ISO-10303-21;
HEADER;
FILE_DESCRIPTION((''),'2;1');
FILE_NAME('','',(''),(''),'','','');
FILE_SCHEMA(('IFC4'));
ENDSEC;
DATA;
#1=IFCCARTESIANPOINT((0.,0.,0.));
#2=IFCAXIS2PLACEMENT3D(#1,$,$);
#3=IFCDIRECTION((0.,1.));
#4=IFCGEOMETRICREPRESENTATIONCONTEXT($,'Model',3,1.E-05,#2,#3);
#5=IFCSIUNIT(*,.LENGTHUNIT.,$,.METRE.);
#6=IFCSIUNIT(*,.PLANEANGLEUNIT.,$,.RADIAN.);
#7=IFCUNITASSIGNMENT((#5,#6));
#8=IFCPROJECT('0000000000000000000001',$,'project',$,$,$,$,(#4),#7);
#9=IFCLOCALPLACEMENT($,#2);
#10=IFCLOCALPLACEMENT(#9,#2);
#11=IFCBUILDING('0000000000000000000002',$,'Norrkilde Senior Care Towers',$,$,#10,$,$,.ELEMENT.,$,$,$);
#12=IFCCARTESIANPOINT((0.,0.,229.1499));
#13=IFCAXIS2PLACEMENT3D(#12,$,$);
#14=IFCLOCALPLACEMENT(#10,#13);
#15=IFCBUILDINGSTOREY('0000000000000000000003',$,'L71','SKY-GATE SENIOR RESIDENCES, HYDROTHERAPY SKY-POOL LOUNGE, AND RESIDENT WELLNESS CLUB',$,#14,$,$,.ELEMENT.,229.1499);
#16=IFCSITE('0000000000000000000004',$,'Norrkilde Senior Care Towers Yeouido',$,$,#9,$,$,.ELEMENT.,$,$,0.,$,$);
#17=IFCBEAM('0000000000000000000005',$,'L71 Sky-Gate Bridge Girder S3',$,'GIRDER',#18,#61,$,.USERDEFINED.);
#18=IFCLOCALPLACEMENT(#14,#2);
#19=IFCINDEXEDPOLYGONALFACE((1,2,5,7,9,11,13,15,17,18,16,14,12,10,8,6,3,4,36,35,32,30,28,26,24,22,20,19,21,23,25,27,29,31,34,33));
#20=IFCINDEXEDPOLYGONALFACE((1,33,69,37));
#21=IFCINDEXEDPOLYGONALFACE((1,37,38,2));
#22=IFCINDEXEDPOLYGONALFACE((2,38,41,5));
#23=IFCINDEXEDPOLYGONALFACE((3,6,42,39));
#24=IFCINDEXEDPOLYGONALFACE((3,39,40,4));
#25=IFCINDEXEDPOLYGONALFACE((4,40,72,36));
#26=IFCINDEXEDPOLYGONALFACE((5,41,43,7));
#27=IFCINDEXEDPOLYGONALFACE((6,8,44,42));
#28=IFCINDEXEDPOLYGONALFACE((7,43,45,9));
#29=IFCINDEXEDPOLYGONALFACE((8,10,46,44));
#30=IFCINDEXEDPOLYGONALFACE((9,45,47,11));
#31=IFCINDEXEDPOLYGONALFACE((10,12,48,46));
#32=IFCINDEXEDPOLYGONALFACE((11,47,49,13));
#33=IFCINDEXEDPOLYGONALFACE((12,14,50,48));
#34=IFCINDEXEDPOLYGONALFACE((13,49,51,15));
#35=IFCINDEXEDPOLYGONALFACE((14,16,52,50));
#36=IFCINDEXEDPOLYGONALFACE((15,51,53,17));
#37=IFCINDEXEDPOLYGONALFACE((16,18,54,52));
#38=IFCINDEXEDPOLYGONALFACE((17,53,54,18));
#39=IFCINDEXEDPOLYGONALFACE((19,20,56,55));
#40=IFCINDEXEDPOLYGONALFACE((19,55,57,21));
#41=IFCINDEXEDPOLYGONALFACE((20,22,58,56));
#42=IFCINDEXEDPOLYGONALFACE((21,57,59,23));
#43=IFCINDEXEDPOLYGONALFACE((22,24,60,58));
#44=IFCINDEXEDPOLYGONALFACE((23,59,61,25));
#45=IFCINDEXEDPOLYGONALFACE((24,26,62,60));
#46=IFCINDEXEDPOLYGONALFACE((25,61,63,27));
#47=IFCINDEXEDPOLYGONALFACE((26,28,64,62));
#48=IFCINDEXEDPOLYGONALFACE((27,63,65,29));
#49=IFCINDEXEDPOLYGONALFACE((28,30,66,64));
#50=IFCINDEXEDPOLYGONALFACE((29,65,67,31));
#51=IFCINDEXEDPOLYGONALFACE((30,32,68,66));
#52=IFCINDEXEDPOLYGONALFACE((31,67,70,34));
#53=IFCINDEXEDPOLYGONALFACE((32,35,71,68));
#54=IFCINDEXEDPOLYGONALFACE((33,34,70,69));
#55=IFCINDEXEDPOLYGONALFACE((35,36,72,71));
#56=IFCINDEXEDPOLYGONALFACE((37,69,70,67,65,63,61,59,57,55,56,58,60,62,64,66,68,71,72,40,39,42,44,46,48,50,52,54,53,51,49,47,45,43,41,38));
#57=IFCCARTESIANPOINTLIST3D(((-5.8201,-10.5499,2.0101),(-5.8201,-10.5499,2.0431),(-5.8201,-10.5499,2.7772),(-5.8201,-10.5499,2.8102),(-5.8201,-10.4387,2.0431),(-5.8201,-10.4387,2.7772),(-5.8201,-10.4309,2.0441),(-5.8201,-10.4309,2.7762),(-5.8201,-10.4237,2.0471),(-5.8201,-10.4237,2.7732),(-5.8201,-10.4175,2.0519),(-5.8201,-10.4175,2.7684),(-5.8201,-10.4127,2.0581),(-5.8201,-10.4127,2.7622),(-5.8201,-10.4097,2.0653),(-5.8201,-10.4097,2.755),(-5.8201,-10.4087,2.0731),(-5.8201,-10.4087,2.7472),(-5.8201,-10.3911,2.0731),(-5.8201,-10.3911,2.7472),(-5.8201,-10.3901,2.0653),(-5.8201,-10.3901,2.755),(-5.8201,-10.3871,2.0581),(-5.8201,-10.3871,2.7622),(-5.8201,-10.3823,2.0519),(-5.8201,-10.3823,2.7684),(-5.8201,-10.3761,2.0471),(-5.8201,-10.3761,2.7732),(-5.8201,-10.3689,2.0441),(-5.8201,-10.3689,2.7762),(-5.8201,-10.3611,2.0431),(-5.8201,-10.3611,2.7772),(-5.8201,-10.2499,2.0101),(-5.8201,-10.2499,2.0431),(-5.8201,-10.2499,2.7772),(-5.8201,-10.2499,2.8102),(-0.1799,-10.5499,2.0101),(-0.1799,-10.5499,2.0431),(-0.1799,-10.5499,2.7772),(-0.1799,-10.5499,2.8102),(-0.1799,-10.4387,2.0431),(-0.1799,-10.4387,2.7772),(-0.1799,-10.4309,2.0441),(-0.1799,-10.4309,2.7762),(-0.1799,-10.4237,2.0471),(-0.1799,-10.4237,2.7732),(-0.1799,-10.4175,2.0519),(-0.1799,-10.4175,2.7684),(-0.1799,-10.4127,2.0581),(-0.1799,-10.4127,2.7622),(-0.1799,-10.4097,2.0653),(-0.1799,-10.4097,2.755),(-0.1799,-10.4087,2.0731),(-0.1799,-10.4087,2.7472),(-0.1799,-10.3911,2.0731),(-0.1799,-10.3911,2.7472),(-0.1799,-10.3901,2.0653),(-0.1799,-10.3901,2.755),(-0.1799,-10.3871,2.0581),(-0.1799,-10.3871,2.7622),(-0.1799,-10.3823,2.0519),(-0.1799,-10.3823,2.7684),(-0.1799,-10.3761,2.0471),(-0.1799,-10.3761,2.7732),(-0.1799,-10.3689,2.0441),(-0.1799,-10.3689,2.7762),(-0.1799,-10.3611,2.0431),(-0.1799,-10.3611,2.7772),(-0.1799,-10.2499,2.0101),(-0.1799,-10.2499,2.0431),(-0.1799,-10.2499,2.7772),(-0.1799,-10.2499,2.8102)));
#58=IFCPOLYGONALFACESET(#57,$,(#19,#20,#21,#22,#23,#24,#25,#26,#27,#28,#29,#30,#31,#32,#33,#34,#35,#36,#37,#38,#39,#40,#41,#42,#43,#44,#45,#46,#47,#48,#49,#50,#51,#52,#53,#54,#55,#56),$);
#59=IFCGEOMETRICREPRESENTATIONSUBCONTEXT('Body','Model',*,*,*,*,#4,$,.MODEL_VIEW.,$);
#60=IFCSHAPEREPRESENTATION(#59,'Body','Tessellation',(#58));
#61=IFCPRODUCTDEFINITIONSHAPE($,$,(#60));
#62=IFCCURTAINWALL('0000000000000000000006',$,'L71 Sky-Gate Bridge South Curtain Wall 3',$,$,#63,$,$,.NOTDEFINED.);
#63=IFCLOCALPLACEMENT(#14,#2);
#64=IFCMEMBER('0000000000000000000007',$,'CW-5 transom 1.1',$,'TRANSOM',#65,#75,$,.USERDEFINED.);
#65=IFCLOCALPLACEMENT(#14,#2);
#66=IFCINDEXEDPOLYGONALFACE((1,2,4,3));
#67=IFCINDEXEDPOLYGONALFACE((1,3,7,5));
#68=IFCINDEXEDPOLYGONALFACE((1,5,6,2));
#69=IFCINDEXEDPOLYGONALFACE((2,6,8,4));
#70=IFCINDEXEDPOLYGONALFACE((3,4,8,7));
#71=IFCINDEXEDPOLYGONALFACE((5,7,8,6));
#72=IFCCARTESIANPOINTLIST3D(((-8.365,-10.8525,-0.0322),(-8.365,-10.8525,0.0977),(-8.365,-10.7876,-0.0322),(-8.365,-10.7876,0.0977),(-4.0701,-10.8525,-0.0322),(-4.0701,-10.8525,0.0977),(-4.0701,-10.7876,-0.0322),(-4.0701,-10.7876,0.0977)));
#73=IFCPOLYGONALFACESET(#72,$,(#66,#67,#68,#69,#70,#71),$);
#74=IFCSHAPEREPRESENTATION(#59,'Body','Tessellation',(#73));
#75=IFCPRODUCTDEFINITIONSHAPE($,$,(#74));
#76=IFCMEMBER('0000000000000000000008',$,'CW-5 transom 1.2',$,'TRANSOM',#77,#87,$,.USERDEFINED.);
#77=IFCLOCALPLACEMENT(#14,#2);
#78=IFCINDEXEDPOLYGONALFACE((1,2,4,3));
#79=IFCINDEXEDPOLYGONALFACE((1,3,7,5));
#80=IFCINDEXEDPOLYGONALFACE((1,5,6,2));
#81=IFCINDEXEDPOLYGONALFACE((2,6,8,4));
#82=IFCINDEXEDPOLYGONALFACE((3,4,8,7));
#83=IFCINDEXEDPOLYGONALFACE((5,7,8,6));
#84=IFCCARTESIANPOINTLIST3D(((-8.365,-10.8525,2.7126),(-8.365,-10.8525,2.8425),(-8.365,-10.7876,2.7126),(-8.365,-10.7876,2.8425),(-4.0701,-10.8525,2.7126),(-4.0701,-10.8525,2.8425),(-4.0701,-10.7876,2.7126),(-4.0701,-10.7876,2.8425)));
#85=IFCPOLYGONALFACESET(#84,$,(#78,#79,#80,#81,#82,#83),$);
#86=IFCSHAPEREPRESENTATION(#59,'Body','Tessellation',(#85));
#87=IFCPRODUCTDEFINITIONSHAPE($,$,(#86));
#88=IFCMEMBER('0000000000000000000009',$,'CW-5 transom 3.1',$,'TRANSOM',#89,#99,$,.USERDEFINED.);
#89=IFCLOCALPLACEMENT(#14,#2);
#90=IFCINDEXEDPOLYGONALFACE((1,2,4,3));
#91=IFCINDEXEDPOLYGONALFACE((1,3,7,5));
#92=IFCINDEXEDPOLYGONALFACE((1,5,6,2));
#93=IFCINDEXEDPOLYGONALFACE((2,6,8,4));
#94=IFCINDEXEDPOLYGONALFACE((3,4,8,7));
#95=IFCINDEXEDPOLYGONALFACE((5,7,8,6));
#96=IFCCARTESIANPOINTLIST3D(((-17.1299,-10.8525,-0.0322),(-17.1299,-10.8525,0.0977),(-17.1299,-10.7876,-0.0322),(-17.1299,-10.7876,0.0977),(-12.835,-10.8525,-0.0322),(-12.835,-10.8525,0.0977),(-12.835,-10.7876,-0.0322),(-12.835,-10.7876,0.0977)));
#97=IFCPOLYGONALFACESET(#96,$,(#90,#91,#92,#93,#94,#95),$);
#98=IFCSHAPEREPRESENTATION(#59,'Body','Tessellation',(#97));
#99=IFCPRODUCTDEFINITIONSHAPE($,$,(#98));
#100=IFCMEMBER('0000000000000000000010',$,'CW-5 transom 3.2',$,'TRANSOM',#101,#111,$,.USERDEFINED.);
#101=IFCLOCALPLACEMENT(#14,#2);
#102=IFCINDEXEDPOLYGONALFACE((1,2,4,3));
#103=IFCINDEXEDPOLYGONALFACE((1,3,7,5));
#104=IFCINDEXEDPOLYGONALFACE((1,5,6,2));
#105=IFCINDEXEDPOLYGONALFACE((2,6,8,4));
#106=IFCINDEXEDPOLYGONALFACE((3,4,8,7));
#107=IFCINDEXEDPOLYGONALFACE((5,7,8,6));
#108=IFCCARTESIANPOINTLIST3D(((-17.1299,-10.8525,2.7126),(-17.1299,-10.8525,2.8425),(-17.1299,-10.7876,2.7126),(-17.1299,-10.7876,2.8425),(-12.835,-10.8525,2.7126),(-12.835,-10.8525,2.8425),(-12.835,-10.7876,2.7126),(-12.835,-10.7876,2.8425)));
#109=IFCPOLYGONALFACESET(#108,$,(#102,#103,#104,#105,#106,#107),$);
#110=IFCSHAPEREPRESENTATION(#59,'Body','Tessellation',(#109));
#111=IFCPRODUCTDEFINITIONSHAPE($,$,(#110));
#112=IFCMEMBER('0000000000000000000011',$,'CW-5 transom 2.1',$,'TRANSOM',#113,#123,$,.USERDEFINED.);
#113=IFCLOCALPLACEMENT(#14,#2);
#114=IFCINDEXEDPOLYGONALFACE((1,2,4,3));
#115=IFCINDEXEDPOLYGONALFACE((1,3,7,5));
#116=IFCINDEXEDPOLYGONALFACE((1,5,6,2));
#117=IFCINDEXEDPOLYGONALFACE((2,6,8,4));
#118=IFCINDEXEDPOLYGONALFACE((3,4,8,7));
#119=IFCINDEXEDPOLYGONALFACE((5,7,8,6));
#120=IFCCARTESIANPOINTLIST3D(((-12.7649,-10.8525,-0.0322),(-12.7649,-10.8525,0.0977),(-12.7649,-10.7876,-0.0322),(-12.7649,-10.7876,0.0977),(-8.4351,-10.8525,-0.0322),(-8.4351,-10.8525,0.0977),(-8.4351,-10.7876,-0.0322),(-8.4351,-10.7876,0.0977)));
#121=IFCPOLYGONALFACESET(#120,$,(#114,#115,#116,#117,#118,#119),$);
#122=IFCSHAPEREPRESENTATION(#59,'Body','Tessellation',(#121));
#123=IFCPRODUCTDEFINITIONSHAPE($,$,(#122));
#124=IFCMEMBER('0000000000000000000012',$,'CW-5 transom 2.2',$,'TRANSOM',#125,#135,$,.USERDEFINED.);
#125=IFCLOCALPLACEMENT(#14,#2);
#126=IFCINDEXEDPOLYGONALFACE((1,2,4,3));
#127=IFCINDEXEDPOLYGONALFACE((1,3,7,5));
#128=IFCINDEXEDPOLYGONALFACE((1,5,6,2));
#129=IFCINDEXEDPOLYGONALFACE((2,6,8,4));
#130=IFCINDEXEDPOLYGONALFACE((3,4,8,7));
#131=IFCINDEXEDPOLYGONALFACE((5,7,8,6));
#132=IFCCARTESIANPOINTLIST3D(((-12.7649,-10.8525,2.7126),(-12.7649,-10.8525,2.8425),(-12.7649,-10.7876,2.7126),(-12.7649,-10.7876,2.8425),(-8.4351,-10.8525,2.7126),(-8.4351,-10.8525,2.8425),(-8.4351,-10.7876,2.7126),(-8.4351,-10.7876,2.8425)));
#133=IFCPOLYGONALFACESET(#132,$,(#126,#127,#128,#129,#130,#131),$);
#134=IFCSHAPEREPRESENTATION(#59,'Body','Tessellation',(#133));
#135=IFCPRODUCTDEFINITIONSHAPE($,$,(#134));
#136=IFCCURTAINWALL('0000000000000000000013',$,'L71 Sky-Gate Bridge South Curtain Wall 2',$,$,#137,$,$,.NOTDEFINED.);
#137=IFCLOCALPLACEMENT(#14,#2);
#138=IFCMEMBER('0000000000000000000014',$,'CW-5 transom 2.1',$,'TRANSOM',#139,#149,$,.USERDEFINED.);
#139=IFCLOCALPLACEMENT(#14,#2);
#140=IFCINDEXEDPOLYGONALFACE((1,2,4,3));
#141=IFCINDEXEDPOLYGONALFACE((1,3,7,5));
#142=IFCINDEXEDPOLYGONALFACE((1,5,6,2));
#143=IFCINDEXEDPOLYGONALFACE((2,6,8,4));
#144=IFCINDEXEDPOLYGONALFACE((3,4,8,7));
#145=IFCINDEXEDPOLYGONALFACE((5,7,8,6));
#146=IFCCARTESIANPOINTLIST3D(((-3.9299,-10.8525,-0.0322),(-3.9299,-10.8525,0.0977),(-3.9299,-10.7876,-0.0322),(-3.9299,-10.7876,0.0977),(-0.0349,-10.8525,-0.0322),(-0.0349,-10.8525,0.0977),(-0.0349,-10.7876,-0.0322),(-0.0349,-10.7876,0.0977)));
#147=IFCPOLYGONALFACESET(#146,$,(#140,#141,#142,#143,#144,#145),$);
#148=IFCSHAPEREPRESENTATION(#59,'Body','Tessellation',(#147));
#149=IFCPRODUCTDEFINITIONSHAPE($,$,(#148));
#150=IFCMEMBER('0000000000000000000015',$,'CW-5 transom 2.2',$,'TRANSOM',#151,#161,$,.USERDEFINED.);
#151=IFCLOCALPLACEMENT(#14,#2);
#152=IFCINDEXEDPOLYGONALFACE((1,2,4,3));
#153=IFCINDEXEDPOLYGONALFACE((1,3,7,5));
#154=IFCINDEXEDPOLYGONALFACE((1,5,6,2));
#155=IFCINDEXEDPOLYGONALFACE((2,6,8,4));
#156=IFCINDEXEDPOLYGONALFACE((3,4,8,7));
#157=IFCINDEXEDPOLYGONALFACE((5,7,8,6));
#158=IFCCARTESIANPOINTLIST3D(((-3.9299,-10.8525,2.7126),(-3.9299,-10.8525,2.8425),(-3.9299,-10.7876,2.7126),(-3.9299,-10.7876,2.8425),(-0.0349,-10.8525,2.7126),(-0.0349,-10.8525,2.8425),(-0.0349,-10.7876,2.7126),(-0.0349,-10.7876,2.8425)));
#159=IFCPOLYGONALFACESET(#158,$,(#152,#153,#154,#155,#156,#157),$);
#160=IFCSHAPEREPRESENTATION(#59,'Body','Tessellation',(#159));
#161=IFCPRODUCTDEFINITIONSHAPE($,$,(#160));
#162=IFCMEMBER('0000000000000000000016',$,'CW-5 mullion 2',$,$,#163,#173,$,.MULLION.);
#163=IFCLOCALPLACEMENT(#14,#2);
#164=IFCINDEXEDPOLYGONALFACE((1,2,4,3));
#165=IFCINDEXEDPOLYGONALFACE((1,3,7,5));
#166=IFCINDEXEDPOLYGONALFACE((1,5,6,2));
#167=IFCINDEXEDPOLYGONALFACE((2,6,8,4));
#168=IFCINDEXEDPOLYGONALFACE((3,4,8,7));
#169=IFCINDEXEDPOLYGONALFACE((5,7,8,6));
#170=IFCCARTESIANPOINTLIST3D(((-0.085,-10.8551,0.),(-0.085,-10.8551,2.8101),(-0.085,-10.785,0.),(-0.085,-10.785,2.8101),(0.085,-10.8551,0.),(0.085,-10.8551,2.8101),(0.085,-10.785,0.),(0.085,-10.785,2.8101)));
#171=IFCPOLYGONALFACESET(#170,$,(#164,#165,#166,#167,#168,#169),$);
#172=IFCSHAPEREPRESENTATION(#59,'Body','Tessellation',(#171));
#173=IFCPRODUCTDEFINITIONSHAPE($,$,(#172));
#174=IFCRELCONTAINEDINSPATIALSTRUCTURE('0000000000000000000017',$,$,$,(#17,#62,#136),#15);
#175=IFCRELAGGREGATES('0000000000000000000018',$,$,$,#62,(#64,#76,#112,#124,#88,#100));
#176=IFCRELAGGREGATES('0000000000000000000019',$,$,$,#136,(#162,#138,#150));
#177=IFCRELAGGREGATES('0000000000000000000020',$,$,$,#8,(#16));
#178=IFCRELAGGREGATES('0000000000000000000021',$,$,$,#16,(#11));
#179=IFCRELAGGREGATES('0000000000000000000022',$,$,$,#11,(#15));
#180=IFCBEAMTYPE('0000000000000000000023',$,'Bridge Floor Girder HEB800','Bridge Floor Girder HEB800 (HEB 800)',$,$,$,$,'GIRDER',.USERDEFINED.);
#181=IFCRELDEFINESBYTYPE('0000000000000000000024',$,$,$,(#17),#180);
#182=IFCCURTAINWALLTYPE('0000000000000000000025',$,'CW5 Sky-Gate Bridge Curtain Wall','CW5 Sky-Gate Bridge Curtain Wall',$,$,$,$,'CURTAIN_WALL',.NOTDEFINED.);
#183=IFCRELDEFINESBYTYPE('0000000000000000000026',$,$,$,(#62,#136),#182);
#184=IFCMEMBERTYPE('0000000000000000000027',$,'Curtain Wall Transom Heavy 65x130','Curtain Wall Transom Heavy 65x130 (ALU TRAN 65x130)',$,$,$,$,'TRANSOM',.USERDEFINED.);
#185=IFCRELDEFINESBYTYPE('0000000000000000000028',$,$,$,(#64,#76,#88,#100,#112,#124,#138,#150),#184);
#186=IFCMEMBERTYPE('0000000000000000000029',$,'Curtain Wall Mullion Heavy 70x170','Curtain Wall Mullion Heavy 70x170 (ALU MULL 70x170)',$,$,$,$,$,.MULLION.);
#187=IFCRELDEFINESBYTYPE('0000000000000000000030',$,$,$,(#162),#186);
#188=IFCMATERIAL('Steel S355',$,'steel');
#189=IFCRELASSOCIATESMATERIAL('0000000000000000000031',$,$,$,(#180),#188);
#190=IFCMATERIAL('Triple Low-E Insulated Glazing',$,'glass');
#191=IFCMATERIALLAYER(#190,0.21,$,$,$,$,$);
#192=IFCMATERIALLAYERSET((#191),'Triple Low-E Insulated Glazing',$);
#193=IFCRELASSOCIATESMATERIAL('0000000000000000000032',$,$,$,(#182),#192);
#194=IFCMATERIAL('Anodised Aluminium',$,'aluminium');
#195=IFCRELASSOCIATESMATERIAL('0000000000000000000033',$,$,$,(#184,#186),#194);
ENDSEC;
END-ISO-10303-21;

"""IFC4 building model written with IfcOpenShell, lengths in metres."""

from ifc_helpers import new_model, si_unit, direction, frame, origin, origin_2d, place, context, subcontext, project, spatial, rectangle, i_section, extrude, source, transform, mapped, material, layer, layer_set, material_profile, profile_set, type_object, type_shapes, element, aggregate, save


model = new_model("IFC4")

# Units and contexts
model_context = context("Model", 3, precision=1e-05, world=origin(), true_north=direction((0.0, 1.0)))
body_context = subcontext(model_context, "Body", "Model", "MODEL_VIEW")
ifc_project = project(units=[si_unit("LENGTHUNIT", "METRE"), si_unit("PLANEANGLEUNIT", "RADIAN")], contexts=[model_context])

# Site, building, storey
site_placement = place(None, origin())
site = spatial("IfcSite", under=ifc_project, at=site_placement, Name="Norrkilde Senior Care Towers Yeouido", CompositionType="ELEMENT", RefElevation=0.0)
building_placement = place(site_placement, origin())
building = spatial("IfcBuilding", under=site, at=building_placement, Name="Norrkilde Senior Care Towers", CompositionType="ELEMENT")
storey_placement = place(building_placement, frame((0.0, 0.0, 229.1499)))
storey = spatial("IfcBuildingStorey", under=building, at=storey_placement, Name="L71", Description="SKY-GATE SENIOR RESIDENCES, HYDROTHERAPY SKY-POOL LOUNGE, AND RESIDENT WELLNESS CLUB", CompositionType="ELEMENT", Elevation=229.1499)

# Shared definitions
ifc_material_1 = material(Name="Steel S355", Category="steel")

# Beam
ifc_material_profile_1 = material_profile(ifc_material_1, i_section(OverallWidth=0.3, OverallDepth=0.8, WebThickness=0.0176, FlangeThickness=0.033, FilletRadius=0.03, at=origin_2d()), Name="HEB 800")
ifc_profile_set_1 = profile_set([ifc_material_profile_1], Name="Steel S355")
beam_type_1 = type_object("IfcBeamType", Name="Bridge Floor Girder HEB800", Description="Bridge Floor Girder HEB800 (HEB 800)", ElementType="GIRDER", PredefinedType="USERDEFINED", material=ifc_profile_set_1)
shared_shape_1 = source(origin(), body_context, "Body", "SweptSolid", [
    extrude(i_section(OverallWidth=0.3, OverallDepth=0.8, WebThickness=0.0176, FlangeThickness=0.033, FilletRadius=0.03, at=origin_2d()), origin(), (0.0, 0.0, 1.0), 5.6401),
])
type_shapes(beam_type_1, [shared_shape_1])
for number, where, z_axis, x_axis, name in (
    (1, (-5.8201, -10.3999, 2.4102), (1.0, 0.0, 0.0), (0.0, 1.0, 0.0), "L71 Sky-Gate Bridge Girder S3"),
):
    element("IfcBeam", number, at=place(storey_placement, frame(where, z_axis=z_axis, x_axis=x_axis)), inside=storey, type_object=beam_type_1, Name=name, ObjectType="GIRDER", PredefinedType="USERDEFINED", context=body_context, shape_type="MappedRepresentation", body=[
        mapped(shared_shape_1, transform((0.0, 0.0, 0.0), x_axis=(1.0, 0.0, 0.0), y_axis=(0.0, 1.0, 0.0), z_axis=(0.0, 0.0, 1.0), scale=1.0)),
    ])

# Curtain walls, members
ifc_material_2 = material(Name="Triple Low-E Insulated Glazing", Category="glass")
ifc_layer_1 = layer(ifc_material_2, 0.21)
ifc_layer_set_1 = layer_set([ifc_layer_1], Name="Triple Low-E Insulated Glazing")
curtain_wall_type = type_object("IfcCurtainWallType", Name="CW5 Sky-Gate Bridge Curtain Wall", Description="CW5 Sky-Gate Bridge Curtain Wall", ElementType="CURTAIN_WALL", PredefinedType="NOTDEFINED", material=ifc_layer_set_1)
curtain_wall_1_placement = place(storey_placement, origin())
curtain_wall_1 = element("IfcCurtainWall", 2, at=curtain_wall_1_placement, inside=storey, type_object=curtain_wall_type, Name="L71 Sky-Gate Bridge South Curtain Wall 3", PredefinedType="NOTDEFINED")
ifc_material_3 = material(Name="Anodised Aluminium", Category="aluminium")
ifc_material_profile_2 = material_profile(ifc_material_3, rectangle(XDim=0.0649, YDim=0.1299, at=origin_2d()), Name="ALU TRAN 65x130")
ifc_profile_set_2 = profile_set([ifc_material_profile_2], Name="Anodised Aluminium")
member_type_1 = type_object("IfcMemberType", Name="Curtain Wall Transom Heavy 65x130", Description="Curtain Wall Transom Heavy 65x130 (ALU TRAN 65x130)", ElementType="TRANSOM", PredefinedType="USERDEFINED", material=ifc_profile_set_2)
shared_shape_2 = source(origin(), body_context, "Body", "SweptSolid", [
    extrude(rectangle(XDim=0.0649, YDim=0.1299, at=origin_2d()), origin(), (0.0, 0.0, 1.0), 4.2949),
])
member_1_placement = place(storey_placement, frame((-4.0701, -10.8201, 0.0327), z_axis=(-1.0, 0.0, 0.0), x_axis=(0.0, -1.0, 0.0)))
member_1 = element("IfcMember", 3, at=member_1_placement, type_object=member_type_1, Name="CW-5 transom 1.1", ObjectType="TRANSOM", PredefinedType="USERDEFINED", context=body_context, shape_type="MappedRepresentation", body=[
    mapped(shared_shape_2, transform((0.0, 0.0, 0.0), x_axis=(1.0, 0.0, 0.0), y_axis=(0.0, 1.0, 0.0), z_axis=(0.0, 0.0, 1.0), scale=1.0)),
])
member_2_placement = place(storey_placement, frame((-4.0701, -10.8201, 2.7776), z_axis=(-1.0, 0.0, 0.0), x_axis=(0.0, -1.0, 0.0)))
member_2 = element("IfcMember", 4, at=member_2_placement, type_object=member_type_1, Name="CW-5 transom 1.2", ObjectType="TRANSOM", PredefinedType="USERDEFINED", context=body_context, shape_type="MappedRepresentation", body=[
    mapped(shared_shape_2, transform((0.0, 0.0, 0.0), x_axis=(1.0, 0.0, 0.0), y_axis=(0.0, 1.0, 0.0), z_axis=(0.0, 0.0, 1.0), scale=1.0)),
])
member_3_placement = place(storey_placement, frame((-12.835, -10.8201, 0.0327), z_axis=(-1.0, 0.0, 0.0), x_axis=(0.0, -1.0, 0.0)))
member_3 = element("IfcMember", 5, at=member_3_placement, type_object=member_type_1, Name="CW-5 transom 3.1", ObjectType="TRANSOM", PredefinedType="USERDEFINED", context=body_context, shape_type="MappedRepresentation", body=[
    mapped(shared_shape_2, transform((0.0, 0.0, 0.0), x_axis=(1.0, 0.0, 0.0), y_axis=(0.0, 1.0, 0.0), z_axis=(0.0, 0.0, 1.0), scale=1.0)),
])
member_4_placement = place(storey_placement, frame((-12.835, -10.8201, 2.7776), z_axis=(-1.0, 0.0, 0.0), x_axis=(0.0, -1.0, 0.0)))
member_4 = element("IfcMember", 6, at=member_4_placement, type_object=member_type_1, Name="CW-5 transom 3.2", ObjectType="TRANSOM", PredefinedType="USERDEFINED", context=body_context, shape_type="MappedRepresentation", body=[
    mapped(shared_shape_2, transform((0.0, 0.0, 0.0), x_axis=(1.0, 0.0, 0.0), y_axis=(0.0, 1.0, 0.0), z_axis=(0.0, 0.0, 1.0), scale=1.0)),
])
shared_shape_3 = source(origin(), body_context, "Body", "SweptSolid", [
    extrude(rectangle(XDim=0.0649, YDim=0.1299, at=origin_2d()), origin(), (0.0, 0.0, 1.0), 4.3298),
])
member_5_placement = place(storey_placement, frame((-8.4351, -10.8201, 0.0327), z_axis=(-1.0, 0.0, 0.0), x_axis=(0.0, -1.0, 0.0)))
member_5 = element("IfcMember", 7, at=member_5_placement, type_object=member_type_1, Name="CW-5 transom 2.1", ObjectType="TRANSOM", PredefinedType="USERDEFINED", context=body_context, shape_type="MappedRepresentation", body=[
    mapped(shared_shape_3, transform((0.0, 0.0, 0.0), x_axis=(1.0, 0.0, 0.0), y_axis=(0.0, 1.0, 0.0), z_axis=(0.0, 0.0, 1.0), scale=1.0)),
])
member_6_placement = place(storey_placement, frame((-8.4351, -10.8201, 2.7776), z_axis=(-1.0, 0.0, 0.0), x_axis=(0.0, -1.0, 0.0)))
member_6 = element("IfcMember", 8, at=member_6_placement, type_object=member_type_1, Name="CW-5 transom 2.2", ObjectType="TRANSOM", PredefinedType="USERDEFINED", context=body_context, shape_type="MappedRepresentation", body=[
    mapped(shared_shape_3, transform((0.0, 0.0, 0.0), x_axis=(1.0, 0.0, 0.0), y_axis=(0.0, 1.0, 0.0), z_axis=(0.0, 0.0, 1.0), scale=1.0)),
])
curtain_wall_2_placement = place(storey_placement, origin())
curtain_wall_2 = element("IfcCurtainWall", 9, at=curtain_wall_2_placement, inside=storey, type_object=curtain_wall_type, Name="L71 Sky-Gate Bridge South Curtain Wall 2", PredefinedType="NOTDEFINED")
shared_shape_4 = source(origin(), body_context, "Body", "SweptSolid", [
    extrude(rectangle(XDim=0.0649, YDim=0.1299, at=origin_2d()), origin(), (0.0, 0.0, 1.0), 3.895),
])
type_shapes(member_type_1, [shared_shape_2, shared_shape_3, shared_shape_4])
member_7_placement = place(storey_placement, frame((-0.0349, -10.8201, 0.0327), z_axis=(-1.0, 0.0, 0.0), x_axis=(0.0, -1.0, 0.0)))
member_7 = element("IfcMember", 10, at=member_7_placement, type_object=member_type_1, Name="CW-5 transom 2.1", ObjectType="TRANSOM", PredefinedType="USERDEFINED", context=body_context, shape_type="MappedRepresentation", body=[
    mapped(shared_shape_4, transform((0.0, 0.0, 0.0), x_axis=(1.0, 0.0, 0.0), y_axis=(0.0, 1.0, 0.0), z_axis=(0.0, 0.0, 1.0), scale=1.0)),
])
member_8_placement = place(storey_placement, frame((-0.0349, -10.8201, 2.7776), z_axis=(-1.0, 0.0, 0.0), x_axis=(0.0, -1.0, 0.0)))
member_8 = element("IfcMember", 11, at=member_8_placement, type_object=member_type_1, Name="CW-5 transom 2.2", ObjectType="TRANSOM", PredefinedType="USERDEFINED", context=body_context, shape_type="MappedRepresentation", body=[
    mapped(shared_shape_4, transform((0.0, 0.0, 0.0), x_axis=(1.0, 0.0, 0.0), y_axis=(0.0, 1.0, 0.0), z_axis=(0.0, 0.0, 1.0), scale=1.0)),
])
ifc_material_profile_3 = material_profile(ifc_material_3, rectangle(XDim=0.0701, YDim=0.1699, at=origin_2d()), Name="ALU MULL 70x170")
ifc_profile_set_3 = profile_set([ifc_material_profile_3], Name="Anodised Aluminium")
member_type_2 = type_object("IfcMemberType", Name="Curtain Wall Mullion Heavy 70x170", Description="Curtain Wall Mullion Heavy 70x170 (ALU MULL 70x170)", PredefinedType="MULLION", material=ifc_profile_set_3)
shared_shape_5 = source(origin(), body_context, "Body", "SweptSolid", [
    extrude(rectangle(XDim=0.0701, YDim=0.1699, at=origin_2d()), origin(), (0.0, 0.0, 1.0), 2.8101),
])
type_shapes(member_type_2, [shared_shape_5])
member_9_placement = place(storey_placement, frame((0.0, -10.8201, 0.0), z_axis=(0.0, 0.0, 1.0), x_axis=(0.0, -1.0, 0.0)))
member_9 = element("IfcMember", 12, at=member_9_placement, type_object=member_type_2, Name="CW-5 mullion 2", PredefinedType="MULLION", context=body_context, shape_type="MappedRepresentation", body=[
    mapped(shared_shape_5, transform((0.0, 0.0, 0.0), x_axis=(1.0, 0.0, 0.0), y_axis=(0.0, 1.0, 0.0), z_axis=(0.0, 0.0, 1.0), scale=1.0)),
])

aggregate(curtain_wall_1, [member_1, member_2, member_5, member_6, member_3, member_4])
aggregate(curtain_wall_2, [member_9, member_7, member_8])

save(model, "model.ifc")
